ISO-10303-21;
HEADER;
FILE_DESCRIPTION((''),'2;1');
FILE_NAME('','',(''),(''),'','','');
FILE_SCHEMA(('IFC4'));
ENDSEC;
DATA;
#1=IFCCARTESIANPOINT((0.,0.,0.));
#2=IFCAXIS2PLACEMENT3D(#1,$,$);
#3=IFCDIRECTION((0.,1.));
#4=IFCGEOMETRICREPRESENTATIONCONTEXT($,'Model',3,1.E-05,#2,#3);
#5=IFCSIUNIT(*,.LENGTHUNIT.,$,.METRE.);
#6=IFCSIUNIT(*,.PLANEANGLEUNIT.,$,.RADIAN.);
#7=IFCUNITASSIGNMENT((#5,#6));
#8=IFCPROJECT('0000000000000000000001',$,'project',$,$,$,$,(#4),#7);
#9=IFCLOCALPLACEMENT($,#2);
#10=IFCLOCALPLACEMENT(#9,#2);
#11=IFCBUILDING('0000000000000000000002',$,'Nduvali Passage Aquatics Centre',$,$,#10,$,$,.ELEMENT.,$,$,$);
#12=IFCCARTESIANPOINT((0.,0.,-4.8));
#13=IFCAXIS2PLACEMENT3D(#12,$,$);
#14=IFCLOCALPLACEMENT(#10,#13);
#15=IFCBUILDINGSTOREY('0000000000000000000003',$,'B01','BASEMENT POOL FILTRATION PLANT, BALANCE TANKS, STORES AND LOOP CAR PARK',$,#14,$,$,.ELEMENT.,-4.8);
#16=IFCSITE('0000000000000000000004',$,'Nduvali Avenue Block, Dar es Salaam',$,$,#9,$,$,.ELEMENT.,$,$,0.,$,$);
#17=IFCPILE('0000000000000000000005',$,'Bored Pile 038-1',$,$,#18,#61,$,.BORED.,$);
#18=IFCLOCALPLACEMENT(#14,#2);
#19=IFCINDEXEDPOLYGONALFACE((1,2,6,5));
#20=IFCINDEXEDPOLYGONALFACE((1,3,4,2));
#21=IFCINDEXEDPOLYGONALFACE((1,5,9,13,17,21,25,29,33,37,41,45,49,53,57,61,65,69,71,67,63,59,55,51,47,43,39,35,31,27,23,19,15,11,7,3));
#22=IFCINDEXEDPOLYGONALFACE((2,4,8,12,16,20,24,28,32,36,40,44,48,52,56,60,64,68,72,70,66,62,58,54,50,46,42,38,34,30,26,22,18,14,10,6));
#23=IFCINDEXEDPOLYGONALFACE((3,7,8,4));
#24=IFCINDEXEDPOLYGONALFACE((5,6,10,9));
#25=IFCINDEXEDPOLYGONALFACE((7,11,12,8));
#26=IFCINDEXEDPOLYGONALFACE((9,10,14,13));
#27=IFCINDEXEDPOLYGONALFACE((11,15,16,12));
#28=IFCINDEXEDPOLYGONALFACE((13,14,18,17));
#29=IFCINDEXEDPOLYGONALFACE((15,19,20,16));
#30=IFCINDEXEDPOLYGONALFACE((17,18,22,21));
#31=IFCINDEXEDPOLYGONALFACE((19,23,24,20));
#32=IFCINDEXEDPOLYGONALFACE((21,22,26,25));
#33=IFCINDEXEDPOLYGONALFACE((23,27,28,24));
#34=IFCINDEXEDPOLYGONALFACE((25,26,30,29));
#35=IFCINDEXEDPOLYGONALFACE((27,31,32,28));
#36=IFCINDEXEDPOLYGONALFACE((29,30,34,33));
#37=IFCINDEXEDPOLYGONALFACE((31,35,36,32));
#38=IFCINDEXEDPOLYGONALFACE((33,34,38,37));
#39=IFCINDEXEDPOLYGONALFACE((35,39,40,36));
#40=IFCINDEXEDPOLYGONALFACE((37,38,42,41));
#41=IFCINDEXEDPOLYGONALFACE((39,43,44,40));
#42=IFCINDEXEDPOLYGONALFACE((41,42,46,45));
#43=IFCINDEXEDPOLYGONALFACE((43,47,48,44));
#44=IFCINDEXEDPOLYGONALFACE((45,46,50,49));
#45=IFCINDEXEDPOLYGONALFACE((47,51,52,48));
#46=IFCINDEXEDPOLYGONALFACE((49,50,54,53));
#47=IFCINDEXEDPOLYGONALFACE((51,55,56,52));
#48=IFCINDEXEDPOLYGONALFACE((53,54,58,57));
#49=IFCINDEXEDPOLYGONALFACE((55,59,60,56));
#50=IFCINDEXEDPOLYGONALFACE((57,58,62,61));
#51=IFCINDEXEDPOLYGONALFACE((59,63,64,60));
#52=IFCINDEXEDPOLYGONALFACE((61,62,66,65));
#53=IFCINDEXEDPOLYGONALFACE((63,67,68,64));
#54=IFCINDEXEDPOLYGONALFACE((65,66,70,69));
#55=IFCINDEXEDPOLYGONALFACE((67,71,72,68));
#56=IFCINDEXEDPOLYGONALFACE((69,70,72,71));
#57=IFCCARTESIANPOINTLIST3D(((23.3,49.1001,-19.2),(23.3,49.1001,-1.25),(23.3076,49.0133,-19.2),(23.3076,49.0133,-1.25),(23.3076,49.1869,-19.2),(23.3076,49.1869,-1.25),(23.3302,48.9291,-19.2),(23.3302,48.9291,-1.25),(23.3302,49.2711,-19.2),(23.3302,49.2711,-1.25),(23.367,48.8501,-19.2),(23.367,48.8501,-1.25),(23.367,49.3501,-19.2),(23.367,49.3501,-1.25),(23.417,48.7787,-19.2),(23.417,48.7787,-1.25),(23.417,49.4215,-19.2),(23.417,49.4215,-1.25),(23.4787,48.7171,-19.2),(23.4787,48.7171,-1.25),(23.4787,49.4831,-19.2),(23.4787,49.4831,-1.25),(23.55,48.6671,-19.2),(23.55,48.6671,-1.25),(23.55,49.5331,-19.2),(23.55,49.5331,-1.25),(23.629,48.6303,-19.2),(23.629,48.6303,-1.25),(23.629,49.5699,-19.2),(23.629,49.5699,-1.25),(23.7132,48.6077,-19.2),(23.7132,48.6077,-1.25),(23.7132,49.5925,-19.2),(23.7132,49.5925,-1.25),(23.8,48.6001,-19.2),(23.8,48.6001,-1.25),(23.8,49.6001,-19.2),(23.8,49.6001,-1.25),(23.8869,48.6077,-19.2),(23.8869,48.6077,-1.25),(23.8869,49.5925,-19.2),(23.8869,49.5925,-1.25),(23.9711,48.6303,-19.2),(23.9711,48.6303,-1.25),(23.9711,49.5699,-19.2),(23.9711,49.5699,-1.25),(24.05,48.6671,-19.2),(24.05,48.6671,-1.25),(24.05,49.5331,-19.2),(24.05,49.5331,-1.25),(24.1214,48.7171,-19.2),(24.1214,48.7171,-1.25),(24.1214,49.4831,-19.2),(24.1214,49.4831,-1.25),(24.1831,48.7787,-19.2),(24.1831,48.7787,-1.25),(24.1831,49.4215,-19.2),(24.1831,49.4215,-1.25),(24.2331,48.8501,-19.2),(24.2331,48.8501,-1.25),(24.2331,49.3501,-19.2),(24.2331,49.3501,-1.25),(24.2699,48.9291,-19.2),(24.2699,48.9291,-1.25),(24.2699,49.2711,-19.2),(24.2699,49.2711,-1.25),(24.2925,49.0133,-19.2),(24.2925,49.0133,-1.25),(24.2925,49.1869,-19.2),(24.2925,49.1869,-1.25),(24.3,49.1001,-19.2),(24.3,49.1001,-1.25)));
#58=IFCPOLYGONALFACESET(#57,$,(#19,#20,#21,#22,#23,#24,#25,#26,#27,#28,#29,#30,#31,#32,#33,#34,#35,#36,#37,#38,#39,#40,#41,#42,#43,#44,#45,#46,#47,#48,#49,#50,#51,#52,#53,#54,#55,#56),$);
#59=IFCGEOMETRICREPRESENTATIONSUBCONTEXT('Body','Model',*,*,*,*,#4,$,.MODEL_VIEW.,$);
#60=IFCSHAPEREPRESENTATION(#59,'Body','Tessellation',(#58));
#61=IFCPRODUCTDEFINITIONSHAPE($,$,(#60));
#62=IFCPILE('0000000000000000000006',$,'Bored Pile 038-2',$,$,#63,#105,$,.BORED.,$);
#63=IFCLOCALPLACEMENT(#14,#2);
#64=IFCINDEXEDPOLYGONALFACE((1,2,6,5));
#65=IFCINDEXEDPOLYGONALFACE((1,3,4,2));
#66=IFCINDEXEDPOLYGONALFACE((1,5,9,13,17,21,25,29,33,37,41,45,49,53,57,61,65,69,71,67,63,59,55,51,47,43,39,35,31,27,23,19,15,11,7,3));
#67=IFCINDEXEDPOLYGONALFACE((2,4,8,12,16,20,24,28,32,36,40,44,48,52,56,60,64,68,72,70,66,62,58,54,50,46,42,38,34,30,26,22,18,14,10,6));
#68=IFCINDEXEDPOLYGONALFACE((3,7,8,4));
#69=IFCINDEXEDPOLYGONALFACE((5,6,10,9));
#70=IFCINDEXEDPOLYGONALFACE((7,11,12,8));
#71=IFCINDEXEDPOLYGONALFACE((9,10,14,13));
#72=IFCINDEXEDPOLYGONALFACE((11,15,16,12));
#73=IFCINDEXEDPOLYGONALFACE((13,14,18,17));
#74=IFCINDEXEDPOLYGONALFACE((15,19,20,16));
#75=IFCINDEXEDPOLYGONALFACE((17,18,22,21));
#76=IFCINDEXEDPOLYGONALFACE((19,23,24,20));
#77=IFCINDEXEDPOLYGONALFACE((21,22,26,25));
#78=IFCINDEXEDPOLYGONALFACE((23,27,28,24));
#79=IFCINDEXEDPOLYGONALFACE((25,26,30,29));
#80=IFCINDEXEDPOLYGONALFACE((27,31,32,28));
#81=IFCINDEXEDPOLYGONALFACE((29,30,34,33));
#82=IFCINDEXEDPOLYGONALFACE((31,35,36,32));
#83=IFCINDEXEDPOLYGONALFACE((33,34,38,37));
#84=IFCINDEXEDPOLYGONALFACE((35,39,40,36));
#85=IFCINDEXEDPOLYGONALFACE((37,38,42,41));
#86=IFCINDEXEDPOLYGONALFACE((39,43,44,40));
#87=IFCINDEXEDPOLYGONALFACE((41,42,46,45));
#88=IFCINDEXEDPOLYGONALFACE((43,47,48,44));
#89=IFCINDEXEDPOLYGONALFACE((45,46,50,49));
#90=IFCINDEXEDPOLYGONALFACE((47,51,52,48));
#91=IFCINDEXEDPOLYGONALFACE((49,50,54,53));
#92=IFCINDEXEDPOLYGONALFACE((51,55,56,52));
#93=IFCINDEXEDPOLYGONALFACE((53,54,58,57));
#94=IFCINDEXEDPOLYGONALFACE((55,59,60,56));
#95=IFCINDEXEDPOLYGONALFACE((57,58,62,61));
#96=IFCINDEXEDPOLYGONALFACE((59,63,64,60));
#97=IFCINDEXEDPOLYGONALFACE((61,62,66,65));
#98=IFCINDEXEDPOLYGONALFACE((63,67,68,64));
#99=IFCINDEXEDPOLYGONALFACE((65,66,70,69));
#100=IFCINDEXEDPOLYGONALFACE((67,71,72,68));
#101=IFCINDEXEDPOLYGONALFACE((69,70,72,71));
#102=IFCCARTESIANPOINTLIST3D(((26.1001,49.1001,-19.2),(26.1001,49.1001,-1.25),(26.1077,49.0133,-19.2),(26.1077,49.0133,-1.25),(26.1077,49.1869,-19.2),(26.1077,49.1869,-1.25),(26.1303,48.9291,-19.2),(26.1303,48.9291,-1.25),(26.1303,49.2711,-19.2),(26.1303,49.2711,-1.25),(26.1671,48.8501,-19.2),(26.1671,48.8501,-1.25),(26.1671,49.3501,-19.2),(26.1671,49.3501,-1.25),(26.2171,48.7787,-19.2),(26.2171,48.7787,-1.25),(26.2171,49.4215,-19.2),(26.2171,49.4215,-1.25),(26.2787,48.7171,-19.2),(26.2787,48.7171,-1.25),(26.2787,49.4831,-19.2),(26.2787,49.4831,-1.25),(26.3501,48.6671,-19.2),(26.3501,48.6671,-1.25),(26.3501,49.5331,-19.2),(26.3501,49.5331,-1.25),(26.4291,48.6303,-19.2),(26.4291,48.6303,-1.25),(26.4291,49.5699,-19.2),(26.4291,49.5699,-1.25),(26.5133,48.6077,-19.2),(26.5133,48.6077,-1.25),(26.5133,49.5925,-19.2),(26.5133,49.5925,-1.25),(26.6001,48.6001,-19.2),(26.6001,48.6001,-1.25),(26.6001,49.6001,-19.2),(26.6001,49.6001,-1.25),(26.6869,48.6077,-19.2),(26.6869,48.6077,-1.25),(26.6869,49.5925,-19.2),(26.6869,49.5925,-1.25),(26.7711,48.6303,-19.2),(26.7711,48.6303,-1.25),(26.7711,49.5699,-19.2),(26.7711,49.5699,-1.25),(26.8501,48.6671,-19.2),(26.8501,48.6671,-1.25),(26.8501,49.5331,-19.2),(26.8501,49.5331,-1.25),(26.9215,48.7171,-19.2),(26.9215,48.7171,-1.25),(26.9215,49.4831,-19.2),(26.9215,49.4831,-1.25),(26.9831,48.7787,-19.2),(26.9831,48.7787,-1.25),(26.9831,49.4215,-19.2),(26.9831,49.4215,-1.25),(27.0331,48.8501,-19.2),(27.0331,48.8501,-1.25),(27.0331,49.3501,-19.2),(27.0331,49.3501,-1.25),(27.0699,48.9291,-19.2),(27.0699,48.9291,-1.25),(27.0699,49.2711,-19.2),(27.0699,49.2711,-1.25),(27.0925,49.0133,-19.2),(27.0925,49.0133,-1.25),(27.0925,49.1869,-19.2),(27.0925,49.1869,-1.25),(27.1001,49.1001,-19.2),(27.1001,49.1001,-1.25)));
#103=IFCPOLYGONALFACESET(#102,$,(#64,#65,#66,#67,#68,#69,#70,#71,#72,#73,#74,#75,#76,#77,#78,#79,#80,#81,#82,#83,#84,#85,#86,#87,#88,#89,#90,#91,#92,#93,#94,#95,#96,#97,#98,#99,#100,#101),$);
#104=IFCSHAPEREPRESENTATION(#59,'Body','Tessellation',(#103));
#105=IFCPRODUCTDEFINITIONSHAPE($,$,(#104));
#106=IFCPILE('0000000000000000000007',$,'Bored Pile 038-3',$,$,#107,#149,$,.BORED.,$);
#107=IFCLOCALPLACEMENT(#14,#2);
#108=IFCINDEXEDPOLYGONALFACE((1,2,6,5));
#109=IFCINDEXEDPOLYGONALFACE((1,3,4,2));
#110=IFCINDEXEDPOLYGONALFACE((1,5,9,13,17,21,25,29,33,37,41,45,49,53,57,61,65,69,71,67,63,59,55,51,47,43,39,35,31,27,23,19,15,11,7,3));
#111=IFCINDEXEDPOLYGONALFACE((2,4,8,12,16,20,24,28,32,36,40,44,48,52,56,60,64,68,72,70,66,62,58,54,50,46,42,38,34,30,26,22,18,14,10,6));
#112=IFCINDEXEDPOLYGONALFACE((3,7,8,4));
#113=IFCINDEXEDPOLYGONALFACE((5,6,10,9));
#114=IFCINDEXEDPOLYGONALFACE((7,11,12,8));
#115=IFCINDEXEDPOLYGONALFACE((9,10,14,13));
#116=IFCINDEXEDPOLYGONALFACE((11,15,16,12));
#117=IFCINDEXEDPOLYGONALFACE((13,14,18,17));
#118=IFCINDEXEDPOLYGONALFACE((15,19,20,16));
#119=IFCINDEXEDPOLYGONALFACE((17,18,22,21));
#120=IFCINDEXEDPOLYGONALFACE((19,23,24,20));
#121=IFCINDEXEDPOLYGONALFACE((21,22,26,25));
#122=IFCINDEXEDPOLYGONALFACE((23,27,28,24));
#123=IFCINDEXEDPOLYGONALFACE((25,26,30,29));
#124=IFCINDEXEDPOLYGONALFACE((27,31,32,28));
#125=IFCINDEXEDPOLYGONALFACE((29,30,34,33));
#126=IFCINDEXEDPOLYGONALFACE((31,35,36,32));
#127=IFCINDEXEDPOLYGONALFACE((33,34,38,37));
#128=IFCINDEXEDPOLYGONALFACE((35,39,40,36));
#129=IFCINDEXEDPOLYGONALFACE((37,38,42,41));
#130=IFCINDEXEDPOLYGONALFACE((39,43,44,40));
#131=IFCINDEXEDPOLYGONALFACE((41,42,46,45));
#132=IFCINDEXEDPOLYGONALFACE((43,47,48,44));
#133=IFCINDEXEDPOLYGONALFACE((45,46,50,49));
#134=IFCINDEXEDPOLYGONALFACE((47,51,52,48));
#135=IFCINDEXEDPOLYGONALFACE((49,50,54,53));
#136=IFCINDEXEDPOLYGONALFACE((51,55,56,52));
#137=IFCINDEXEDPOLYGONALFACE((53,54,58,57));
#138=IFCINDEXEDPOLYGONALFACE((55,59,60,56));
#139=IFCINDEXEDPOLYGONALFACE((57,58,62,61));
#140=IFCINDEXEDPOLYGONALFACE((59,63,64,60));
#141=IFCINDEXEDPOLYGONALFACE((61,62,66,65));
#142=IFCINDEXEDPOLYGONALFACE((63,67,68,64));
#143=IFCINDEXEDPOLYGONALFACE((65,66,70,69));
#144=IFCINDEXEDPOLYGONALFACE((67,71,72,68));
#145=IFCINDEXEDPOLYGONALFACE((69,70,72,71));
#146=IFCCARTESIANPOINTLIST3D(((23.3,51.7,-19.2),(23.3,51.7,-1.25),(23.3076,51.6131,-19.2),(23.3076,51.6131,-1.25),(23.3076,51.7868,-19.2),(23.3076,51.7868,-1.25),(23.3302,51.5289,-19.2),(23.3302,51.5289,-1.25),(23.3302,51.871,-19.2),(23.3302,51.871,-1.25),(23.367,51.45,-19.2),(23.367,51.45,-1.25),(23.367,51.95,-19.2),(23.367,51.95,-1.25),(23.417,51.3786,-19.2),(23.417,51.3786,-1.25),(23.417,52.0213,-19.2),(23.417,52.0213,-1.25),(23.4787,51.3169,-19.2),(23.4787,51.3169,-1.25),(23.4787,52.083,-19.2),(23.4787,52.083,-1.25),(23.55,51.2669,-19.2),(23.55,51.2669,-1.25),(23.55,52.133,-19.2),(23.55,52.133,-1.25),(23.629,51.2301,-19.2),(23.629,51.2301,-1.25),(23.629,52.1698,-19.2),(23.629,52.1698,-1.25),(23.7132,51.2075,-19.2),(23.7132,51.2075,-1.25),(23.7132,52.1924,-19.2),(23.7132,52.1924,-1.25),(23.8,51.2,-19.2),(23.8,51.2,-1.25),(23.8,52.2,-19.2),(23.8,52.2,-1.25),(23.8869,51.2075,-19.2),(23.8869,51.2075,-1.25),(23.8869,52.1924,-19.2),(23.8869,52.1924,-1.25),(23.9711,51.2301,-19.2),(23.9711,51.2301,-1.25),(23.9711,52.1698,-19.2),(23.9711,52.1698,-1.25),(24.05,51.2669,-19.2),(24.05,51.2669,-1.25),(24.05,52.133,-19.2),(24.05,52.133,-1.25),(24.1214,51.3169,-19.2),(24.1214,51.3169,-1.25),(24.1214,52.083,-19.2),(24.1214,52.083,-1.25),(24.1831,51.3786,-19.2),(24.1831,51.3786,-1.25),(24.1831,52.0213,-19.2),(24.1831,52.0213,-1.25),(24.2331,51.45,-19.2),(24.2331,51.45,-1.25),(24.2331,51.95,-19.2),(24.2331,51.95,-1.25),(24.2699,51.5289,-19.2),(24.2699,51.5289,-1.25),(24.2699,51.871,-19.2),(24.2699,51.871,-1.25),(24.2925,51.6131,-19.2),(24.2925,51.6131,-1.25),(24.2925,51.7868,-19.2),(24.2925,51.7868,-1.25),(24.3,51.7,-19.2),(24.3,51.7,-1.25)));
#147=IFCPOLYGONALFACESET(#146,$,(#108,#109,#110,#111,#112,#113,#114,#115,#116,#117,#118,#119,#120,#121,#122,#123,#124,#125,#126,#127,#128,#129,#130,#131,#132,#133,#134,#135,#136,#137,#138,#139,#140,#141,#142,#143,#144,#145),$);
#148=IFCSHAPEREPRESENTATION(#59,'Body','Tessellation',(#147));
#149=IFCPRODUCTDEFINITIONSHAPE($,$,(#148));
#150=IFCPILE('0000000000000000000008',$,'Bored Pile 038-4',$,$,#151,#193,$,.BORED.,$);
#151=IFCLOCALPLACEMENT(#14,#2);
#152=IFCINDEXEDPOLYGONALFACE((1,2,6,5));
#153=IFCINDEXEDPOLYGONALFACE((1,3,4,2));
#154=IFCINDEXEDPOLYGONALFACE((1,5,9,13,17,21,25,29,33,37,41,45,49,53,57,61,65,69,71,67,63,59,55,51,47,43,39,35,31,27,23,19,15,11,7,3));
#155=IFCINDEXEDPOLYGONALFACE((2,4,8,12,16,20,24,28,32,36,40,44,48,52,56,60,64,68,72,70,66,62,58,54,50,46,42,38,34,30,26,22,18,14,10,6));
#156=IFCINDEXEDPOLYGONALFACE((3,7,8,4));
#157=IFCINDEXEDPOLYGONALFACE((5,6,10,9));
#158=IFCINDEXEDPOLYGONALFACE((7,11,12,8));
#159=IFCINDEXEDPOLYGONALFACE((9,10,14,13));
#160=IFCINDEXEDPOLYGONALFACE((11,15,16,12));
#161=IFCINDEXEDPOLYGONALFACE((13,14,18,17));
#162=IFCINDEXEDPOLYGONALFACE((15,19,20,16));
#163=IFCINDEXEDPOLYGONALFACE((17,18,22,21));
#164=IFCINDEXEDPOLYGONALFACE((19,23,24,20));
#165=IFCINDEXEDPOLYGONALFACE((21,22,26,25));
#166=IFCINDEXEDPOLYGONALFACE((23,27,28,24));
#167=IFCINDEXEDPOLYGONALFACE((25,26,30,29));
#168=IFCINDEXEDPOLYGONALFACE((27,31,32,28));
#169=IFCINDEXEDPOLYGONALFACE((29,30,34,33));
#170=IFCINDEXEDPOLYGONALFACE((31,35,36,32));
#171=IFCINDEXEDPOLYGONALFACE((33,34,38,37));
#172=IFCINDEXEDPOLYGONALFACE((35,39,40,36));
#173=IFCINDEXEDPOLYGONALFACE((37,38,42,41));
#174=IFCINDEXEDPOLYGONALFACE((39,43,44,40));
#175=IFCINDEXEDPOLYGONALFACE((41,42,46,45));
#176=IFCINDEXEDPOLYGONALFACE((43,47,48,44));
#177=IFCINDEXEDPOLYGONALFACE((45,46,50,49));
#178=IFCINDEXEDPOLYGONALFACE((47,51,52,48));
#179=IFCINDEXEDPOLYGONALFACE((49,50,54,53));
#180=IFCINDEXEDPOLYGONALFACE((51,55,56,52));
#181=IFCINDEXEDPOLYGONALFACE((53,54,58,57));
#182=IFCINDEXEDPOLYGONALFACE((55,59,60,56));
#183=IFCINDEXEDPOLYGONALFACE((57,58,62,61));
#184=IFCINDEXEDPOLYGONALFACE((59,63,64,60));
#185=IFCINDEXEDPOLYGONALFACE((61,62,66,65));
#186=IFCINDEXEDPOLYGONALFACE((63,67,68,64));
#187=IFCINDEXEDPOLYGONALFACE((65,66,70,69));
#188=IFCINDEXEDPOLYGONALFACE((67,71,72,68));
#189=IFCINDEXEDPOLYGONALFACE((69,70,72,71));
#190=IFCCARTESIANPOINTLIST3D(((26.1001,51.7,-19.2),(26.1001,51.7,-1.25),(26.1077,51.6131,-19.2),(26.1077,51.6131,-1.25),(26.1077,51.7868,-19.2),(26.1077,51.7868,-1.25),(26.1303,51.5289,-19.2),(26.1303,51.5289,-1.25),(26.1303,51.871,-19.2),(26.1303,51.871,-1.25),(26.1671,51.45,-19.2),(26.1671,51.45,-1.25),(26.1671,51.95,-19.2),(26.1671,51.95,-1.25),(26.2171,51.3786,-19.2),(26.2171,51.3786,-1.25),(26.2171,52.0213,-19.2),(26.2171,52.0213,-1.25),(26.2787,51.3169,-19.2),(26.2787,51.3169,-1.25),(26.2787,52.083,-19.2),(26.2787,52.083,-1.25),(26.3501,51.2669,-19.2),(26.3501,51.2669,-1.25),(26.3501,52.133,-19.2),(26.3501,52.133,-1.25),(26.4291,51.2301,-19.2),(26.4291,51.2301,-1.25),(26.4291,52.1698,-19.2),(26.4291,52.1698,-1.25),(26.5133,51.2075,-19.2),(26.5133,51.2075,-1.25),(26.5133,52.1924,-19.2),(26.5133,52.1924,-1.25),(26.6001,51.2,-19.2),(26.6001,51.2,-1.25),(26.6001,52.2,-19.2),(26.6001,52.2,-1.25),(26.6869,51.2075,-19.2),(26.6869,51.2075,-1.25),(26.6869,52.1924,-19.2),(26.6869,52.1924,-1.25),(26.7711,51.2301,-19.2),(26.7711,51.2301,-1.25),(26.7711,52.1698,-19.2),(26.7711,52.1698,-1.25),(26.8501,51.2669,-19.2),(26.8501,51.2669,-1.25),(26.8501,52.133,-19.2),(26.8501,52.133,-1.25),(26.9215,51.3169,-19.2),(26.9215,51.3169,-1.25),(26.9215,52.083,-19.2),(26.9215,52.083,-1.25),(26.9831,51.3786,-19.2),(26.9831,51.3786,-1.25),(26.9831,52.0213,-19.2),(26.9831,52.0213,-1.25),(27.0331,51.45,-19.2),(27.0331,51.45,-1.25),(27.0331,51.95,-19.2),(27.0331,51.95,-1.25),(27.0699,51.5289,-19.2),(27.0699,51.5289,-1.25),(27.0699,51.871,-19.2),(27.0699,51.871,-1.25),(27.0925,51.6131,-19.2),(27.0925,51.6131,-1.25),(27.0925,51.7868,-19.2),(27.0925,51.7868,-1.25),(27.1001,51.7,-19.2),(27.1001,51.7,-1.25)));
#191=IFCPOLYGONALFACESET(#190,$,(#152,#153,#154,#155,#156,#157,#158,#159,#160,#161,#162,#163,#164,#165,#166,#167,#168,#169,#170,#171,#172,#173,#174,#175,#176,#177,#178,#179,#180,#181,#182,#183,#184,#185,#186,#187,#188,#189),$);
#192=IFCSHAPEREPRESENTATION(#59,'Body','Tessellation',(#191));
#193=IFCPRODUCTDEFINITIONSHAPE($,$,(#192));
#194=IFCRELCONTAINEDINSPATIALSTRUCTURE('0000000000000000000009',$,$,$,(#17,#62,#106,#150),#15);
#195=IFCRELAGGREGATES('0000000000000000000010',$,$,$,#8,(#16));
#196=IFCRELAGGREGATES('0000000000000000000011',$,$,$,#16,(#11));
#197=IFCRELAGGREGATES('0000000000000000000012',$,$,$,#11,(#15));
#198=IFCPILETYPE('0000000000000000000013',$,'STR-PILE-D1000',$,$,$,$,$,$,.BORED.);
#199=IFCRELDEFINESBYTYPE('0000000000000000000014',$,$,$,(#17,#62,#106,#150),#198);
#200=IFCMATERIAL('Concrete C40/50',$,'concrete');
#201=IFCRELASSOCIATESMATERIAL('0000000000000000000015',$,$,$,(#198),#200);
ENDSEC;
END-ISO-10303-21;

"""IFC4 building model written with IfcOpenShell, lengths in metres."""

from ifc_helpers import new_model, si_unit, direction, frame, origin, origin_2d, place, context, subcontext, project, spatial, circle, extrude, material, material_profile, profile_set, type_object, element, save


model = new_model("IFC4")

# Units and contexts
model_context = context("Model", 3, precision=1e-05, world=origin(), true_north=direction((0.0, 1.0)))
body_context = subcontext(model_context, "Body", "Model", "MODEL_VIEW")
ifc_project = project(units=[si_unit("LENGTHUNIT", "METRE"), si_unit("PLANEANGLEUNIT", "RADIAN")], contexts=[model_context])

# Site, building, storey
site_placement = place(None, origin())
site = spatial("IfcSite", under=ifc_project, at=site_placement, Name="Nduvali Avenue Block, Dar es Salaam", CompositionType="ELEMENT", RefElevation=0.0)
building_placement = place(site_placement, origin())
building = spatial("IfcBuilding", under=site, at=building_placement, Name="Nduvali Passage Aquatics Centre", CompositionType="ELEMENT")
storey_placement = place(building_placement, frame((0.0, 0.0, -4.8)))
storey = spatial("IfcBuildingStorey", under=building, at=storey_placement, Name="B01", Description="BASEMENT POOL FILTRATION PLANT, BALANCE TANKS, STORES AND LOOP CAR PARK", CompositionType="ELEMENT", Elevation=-4.8)

# Shared definitions
ifc_material_1 = material(Name="Concrete C40/50", Category="concrete")

# Piles
ifc_material_profile_1 = material_profile(ifc_material_1, circle(Radius=0.5, at=origin_2d()), Name="PILE D1000")
ifc_profile_set_1 = profile_set([ifc_material_profile_1], Name="Concrete C40/50")
pile_type_1 = type_object("IfcPileType", Name="STR-PILE-D1000", PredefinedType="BORED", material=ifc_profile_set_1)
for number, where, z_axis, x_axis, name in (
    (1, (23.8, 49.1001, -1.25), (0.0, 0.0, -1.0), (1.0, 0.0, 0.0), "Bored Pile 038-1"),
    (2, (26.6001, 49.1001, -1.25), (0.0, 0.0, -1.0), (1.0, 0.0, 0.0), "Bored Pile 038-2"),
    (3, (23.8, 51.7, -1.25), (0.0, 0.0, -1.0), (1.0, 0.0, 0.0), "Bored Pile 038-3"),
    (4, (26.6001, 51.7, -1.25), (0.0, 0.0, -1.0), (1.0, 0.0, 0.0), "Bored Pile 038-4"),
):
    element("IfcPile", number, at=place(storey_placement, frame(where, z_axis=z_axis, x_axis=x_axis)), inside=storey, type_object=pile_type_1, Name=name, PredefinedType="BORED", context=body_context, shape_type="SweptSolid", body=[
        extrude(circle(Radius=0.5, at=origin_2d()), origin(), (0.0, 0.0, 1.0), 17.95),
    ])

save(model, "model.ifc")
